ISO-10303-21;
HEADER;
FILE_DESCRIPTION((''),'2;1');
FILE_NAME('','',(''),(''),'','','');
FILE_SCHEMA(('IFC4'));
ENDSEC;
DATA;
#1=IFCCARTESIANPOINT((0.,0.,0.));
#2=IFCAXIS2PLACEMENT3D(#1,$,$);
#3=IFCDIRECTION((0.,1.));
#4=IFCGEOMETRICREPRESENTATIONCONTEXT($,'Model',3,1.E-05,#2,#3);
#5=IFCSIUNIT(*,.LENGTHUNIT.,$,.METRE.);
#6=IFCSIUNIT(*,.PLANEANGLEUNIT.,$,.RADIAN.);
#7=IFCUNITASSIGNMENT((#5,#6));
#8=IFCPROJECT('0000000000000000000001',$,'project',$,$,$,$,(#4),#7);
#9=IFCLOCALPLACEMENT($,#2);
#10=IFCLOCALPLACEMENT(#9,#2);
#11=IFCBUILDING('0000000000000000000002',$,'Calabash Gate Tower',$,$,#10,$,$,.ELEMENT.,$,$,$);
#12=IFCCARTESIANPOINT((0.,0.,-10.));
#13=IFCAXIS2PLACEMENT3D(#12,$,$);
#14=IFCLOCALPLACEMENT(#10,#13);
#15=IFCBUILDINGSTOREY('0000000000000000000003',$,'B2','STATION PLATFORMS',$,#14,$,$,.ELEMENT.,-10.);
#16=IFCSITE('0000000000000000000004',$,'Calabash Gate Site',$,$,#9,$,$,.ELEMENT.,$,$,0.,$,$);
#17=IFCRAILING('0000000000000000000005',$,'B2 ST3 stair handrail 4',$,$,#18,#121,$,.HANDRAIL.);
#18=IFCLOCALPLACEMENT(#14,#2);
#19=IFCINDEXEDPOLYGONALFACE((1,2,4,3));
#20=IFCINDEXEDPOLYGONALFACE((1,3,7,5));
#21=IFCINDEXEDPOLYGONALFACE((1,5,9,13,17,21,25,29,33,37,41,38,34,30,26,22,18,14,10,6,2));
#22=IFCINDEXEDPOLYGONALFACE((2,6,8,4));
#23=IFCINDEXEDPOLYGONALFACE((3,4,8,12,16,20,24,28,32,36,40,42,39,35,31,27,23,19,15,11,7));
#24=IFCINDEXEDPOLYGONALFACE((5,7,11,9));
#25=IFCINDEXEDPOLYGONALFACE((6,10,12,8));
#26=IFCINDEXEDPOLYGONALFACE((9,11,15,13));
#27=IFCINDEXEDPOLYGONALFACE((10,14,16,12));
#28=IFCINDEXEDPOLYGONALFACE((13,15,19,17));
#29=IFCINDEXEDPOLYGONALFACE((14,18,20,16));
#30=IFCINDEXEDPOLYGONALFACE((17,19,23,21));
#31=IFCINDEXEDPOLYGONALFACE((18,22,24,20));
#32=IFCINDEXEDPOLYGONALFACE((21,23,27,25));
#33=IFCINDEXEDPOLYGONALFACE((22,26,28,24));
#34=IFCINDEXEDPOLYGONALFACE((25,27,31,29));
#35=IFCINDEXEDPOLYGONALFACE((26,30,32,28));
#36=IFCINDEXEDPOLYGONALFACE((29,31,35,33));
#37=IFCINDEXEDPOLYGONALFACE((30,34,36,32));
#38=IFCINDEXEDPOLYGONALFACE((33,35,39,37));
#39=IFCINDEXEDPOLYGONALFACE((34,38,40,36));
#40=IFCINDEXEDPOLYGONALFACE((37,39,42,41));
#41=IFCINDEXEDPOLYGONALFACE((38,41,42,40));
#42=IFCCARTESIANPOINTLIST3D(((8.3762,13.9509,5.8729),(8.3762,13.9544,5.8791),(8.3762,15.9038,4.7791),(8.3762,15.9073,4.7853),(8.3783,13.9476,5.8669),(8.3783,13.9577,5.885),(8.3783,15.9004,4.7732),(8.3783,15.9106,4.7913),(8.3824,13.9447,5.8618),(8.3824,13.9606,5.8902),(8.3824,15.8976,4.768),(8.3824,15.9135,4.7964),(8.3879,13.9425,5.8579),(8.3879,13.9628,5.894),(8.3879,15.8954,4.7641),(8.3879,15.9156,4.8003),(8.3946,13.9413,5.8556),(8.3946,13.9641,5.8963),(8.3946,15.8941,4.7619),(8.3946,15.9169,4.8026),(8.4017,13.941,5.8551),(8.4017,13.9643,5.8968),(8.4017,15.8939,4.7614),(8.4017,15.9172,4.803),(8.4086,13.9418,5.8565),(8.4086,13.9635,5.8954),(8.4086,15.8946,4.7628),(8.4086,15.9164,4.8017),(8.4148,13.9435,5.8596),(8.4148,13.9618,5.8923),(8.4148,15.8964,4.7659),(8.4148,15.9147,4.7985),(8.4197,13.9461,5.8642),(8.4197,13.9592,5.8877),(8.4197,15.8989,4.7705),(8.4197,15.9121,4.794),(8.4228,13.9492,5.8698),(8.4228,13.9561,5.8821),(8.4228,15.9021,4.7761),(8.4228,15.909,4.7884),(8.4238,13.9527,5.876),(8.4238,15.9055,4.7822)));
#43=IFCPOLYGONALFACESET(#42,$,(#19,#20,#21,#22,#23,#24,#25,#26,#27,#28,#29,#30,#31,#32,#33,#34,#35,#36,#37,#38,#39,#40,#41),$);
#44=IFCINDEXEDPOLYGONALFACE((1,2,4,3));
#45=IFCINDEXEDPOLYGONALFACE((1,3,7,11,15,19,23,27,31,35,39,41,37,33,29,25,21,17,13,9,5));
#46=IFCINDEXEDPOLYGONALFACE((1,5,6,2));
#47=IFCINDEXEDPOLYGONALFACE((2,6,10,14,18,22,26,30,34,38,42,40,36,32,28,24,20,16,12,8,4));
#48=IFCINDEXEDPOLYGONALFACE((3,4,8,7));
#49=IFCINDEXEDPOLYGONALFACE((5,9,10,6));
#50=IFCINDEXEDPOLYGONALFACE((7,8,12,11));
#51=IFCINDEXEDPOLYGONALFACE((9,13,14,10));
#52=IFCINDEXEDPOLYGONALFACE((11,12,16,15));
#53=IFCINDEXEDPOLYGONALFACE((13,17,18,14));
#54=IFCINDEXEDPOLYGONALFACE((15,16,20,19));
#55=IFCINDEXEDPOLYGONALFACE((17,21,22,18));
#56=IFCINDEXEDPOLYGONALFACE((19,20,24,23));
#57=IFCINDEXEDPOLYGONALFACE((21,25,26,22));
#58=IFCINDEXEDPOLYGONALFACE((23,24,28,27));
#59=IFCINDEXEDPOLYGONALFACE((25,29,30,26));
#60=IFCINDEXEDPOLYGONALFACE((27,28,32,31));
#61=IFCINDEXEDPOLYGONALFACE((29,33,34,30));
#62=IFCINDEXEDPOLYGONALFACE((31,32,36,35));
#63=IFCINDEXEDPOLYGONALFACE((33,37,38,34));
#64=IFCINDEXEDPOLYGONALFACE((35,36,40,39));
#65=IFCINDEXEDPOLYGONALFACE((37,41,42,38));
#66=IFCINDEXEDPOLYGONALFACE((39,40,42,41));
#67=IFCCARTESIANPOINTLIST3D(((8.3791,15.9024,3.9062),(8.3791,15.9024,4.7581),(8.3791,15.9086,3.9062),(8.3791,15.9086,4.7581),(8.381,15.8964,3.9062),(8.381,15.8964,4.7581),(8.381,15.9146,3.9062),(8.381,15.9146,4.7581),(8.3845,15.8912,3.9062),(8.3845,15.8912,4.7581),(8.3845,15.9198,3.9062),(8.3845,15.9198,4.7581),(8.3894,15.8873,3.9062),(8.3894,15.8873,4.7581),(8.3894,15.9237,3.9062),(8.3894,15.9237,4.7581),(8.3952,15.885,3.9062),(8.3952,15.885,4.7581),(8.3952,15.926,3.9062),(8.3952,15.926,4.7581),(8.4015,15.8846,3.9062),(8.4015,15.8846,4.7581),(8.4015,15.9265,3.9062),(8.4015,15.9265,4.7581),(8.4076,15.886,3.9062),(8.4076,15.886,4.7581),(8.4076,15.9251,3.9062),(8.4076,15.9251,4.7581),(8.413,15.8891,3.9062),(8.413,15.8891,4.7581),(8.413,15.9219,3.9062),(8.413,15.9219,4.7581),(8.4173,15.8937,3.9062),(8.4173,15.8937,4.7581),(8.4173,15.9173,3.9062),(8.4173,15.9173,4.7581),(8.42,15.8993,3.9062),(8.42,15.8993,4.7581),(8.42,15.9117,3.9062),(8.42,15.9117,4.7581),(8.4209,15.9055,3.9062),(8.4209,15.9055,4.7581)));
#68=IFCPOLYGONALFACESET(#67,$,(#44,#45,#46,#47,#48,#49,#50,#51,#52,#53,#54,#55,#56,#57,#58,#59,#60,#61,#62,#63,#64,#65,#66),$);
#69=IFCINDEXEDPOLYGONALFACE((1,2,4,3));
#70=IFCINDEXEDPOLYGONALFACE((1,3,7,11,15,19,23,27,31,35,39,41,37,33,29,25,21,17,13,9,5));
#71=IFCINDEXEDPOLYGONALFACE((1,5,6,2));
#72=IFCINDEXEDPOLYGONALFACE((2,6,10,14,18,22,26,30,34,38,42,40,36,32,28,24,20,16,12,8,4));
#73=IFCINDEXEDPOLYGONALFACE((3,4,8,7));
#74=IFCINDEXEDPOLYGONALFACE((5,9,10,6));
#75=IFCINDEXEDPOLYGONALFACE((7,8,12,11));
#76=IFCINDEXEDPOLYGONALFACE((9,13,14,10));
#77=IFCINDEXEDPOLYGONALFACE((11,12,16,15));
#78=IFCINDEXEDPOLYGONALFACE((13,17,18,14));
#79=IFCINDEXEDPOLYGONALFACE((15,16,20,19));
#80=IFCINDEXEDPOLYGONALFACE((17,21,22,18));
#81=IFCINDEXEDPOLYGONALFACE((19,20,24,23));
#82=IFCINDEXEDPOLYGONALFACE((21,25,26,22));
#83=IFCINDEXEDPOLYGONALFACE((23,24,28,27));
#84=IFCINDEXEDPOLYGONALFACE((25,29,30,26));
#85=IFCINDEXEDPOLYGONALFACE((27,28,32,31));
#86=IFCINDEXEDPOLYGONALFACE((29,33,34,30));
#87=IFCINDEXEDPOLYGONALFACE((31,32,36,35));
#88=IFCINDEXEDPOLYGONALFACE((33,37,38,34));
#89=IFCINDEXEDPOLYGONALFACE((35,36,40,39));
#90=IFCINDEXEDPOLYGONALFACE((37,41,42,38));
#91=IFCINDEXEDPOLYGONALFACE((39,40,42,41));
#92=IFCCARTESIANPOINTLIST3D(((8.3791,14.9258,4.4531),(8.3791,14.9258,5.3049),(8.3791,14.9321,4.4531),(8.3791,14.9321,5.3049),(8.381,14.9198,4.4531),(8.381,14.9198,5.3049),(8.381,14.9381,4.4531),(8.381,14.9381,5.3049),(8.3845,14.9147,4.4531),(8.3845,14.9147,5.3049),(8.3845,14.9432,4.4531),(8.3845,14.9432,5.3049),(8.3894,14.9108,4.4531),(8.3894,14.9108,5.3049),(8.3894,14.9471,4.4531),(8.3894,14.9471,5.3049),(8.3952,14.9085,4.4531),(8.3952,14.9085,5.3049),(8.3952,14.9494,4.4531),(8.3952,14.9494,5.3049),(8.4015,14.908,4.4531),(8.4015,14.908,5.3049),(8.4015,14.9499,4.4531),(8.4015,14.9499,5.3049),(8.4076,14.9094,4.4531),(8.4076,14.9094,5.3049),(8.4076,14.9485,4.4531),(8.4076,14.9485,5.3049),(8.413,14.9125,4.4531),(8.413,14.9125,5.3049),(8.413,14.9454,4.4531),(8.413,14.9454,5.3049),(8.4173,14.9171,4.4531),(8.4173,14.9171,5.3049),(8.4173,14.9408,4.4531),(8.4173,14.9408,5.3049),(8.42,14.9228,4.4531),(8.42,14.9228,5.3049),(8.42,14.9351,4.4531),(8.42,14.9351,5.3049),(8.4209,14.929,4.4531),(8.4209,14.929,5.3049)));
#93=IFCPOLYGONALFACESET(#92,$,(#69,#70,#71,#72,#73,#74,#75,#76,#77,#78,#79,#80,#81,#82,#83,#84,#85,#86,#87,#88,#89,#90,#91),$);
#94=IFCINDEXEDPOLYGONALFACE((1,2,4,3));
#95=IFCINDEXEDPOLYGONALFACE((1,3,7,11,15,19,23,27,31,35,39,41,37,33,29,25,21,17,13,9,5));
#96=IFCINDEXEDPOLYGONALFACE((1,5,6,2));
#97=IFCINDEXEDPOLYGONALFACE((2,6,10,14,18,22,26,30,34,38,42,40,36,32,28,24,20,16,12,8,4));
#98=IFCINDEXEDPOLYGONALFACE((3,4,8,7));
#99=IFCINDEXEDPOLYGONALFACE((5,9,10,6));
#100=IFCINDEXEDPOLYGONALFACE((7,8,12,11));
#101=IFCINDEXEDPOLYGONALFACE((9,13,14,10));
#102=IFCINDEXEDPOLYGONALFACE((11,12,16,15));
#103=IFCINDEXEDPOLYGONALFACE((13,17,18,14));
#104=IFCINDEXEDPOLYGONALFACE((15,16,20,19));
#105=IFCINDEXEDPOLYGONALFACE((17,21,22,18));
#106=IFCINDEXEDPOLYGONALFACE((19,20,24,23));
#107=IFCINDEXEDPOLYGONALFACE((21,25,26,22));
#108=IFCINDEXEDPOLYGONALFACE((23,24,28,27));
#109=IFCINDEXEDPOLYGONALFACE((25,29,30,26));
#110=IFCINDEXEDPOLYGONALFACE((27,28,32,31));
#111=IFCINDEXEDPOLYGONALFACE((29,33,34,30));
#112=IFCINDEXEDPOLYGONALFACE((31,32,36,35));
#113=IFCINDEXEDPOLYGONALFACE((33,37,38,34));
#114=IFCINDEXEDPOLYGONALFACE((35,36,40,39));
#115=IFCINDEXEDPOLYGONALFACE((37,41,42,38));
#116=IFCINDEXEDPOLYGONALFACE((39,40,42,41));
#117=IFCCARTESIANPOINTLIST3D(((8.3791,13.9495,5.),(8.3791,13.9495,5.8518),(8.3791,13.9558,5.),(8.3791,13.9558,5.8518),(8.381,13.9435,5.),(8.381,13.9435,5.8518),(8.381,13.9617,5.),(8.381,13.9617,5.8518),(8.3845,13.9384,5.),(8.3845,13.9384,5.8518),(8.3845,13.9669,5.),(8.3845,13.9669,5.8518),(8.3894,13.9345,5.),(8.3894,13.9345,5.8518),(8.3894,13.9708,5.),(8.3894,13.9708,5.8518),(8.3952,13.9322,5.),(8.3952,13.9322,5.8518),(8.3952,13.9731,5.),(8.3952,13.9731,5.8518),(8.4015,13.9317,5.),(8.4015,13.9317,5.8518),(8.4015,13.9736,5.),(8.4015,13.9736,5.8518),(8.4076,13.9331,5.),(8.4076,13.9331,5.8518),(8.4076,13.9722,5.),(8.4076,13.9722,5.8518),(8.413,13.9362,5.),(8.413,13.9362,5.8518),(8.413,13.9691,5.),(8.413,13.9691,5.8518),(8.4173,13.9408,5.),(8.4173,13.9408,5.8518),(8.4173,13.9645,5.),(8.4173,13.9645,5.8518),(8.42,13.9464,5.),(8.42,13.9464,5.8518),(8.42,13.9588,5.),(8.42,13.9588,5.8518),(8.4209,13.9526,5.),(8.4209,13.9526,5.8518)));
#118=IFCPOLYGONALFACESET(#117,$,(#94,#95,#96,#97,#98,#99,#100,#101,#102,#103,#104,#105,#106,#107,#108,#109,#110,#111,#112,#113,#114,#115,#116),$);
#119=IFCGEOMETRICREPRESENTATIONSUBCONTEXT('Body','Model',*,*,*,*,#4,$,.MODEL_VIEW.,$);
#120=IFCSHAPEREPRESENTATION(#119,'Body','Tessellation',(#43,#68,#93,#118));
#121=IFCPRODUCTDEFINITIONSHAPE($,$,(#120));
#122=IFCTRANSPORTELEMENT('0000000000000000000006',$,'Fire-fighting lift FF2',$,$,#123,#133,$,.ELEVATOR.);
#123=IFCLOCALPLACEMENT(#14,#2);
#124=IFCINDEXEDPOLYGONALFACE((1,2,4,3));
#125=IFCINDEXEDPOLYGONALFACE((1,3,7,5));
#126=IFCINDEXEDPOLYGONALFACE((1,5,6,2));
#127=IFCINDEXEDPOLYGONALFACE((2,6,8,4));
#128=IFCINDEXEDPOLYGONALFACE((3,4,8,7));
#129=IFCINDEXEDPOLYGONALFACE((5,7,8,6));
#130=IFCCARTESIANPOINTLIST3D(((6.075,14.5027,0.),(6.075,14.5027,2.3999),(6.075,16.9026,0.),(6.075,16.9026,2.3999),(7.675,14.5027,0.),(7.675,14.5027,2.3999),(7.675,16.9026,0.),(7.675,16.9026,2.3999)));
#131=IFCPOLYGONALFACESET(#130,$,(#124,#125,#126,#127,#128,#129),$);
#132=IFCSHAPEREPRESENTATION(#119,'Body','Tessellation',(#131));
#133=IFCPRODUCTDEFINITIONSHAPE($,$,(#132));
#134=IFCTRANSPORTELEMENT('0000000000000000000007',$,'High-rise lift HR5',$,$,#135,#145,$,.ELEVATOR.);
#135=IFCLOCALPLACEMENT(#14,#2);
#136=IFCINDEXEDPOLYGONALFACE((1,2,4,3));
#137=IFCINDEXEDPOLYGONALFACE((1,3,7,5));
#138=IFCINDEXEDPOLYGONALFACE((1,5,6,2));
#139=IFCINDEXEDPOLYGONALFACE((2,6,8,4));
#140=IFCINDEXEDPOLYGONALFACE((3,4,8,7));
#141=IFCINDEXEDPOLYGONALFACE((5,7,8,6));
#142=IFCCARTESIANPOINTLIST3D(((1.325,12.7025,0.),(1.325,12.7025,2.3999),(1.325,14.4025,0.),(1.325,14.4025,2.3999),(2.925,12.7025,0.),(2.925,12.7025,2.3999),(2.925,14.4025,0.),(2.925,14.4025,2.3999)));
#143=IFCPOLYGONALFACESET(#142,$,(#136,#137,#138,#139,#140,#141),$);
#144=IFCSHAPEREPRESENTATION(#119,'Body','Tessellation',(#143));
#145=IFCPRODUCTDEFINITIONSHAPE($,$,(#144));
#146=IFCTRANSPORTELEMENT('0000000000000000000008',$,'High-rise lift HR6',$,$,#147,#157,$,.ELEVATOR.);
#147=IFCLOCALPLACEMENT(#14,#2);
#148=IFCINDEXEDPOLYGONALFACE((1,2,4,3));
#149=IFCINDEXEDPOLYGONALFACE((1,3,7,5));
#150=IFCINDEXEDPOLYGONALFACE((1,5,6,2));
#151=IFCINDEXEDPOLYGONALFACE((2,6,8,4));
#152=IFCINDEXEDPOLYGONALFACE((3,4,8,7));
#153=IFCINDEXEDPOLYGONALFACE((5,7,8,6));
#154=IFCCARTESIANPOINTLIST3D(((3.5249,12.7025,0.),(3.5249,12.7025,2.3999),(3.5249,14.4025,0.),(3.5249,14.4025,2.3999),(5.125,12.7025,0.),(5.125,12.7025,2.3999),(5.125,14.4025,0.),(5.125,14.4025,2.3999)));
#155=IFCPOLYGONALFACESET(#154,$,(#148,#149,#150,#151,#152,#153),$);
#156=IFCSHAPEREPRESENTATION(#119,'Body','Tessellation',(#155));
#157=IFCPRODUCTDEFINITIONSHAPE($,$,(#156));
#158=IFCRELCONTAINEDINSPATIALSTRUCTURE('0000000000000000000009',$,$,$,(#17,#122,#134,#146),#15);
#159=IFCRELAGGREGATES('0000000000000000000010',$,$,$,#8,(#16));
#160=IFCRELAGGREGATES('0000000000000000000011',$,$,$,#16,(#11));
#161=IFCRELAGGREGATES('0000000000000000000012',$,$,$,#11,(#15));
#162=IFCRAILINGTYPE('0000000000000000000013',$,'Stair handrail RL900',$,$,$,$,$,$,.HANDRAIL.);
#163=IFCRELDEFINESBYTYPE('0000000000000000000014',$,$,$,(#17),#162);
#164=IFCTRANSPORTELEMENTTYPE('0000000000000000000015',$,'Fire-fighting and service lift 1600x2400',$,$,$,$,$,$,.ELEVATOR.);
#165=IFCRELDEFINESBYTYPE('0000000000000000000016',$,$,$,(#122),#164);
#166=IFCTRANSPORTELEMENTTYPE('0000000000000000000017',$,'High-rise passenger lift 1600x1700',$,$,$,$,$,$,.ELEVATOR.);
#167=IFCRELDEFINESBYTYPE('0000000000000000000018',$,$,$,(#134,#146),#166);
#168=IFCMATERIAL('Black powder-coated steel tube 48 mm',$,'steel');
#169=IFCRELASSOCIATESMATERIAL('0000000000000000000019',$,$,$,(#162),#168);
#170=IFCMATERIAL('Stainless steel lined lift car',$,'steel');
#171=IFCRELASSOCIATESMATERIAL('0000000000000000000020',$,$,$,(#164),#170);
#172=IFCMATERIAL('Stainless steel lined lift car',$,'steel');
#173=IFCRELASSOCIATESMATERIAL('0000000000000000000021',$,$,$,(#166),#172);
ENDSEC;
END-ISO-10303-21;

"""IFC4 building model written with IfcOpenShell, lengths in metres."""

from ifc_helpers import new_model, si_unit, direction, frame, origin, origin_2d, place, context, subcontext, project, spatial, rectangle, circle, extrude, material, type_object, element, save


model = new_model("IFC4")

# Units and contexts
model_context = context("Model", 3, precision=1e-05, world=origin(), true_north=direction((0.0, 1.0)))
body_context = subcontext(model_context, "Body", "Model", "MODEL_VIEW")
ifc_project = project(units=[si_unit("LENGTHUNIT", "METRE"), si_unit("PLANEANGLEUNIT", "RADIAN")], contexts=[model_context])

# Site, building, storey
site_placement = place(None, origin())
site = spatial("IfcSite", under=ifc_project, at=site_placement, Name="Calabash Gate Site", CompositionType="ELEMENT", RefElevation=0.0)
building_placement = place(site_placement, origin())
building = spatial("IfcBuilding", under=site, at=building_placement, Name="Calabash Gate Tower", CompositionType="ELEMENT")
storey_placement = place(building_placement, frame((0.0, 0.0, -10.0)))
storey = spatial("IfcBuildingStorey", under=building, at=storey_placement, Name="B2", Description="STATION PLATFORMS", CompositionType="ELEMENT", Elevation=-10.0)

# Railing
ifc_material_1 = material(Name="Black powder-coated steel tube 48 mm", Category="steel")
railing_type_1 = type_object("IfcRailingType", Name="Stair handrail RL900", PredefinedType="HANDRAIL", material=ifc_material_1)
railing_1_placement = place(storey_placement, frame((8.3999, 15.9055, 3.9062)))
element("IfcRailing", 1, at=railing_1_placement, inside=storey, type_object=railing_type_1, Name="B2 ST3 stair handrail 4", PredefinedType="HANDRAIL", context=body_context, shape_type="SweptSolid", body=[
    extrude(circle(Radius=0.0239, at=origin_2d()), frame((0.0, 0.0, 0.876), z_axis=(0.0, -0.87248, 0.48865), x_axis=(1.0, 0.0, 0.0)), (0.0, 0.0, 1.0), 2.2383),
    extrude(circle(Radius=0.021, at=origin_2d()), origin(), (0.0, 0.0, 1.0), 0.8518),
    extrude(circle(Radius=0.021, at=origin_2d()), frame((0.0, -0.9766, 0.5469)), (0.0, 0.0, 1.0), 0.8518),
    extrude(circle(Radius=0.021, at=origin_2d()), frame((0.0, -1.9529, 1.0938)), (0.0, 0.0, 1.0), 0.8518),
])

# Transport elements
ifc_material_2 = material(Name="Stainless steel lined lift car", Category="steel")
transport_element_type_1 = type_object("IfcTransportElementType", Name="Fire-fighting and service lift 1600x2400", PredefinedType="ELEVATOR", material=ifc_material_2)
transport_element_placement = place(storey_placement, frame((6.875, 15.7026, 0.0), z_axis=(0.0, 0.0, 1.0), x_axis=(1.0, 0.0, 0.0)))
element("IfcTransportElement", 2, at=transport_element_placement, inside=storey, type_object=transport_element_type_1, Name="Fire-fighting lift FF2", PredefinedType="ELEVATOR", context=body_context, shape_type="SweptSolid", body=[
    extrude(rectangle(XDim=1.6001, YDim=2.3999, at=origin_2d()), origin(), (0.0, 0.0, 1.0), 2.3999),
])
ifc_material_3 = material(Name="Stainless steel lined lift car", Category="steel")
transport_element_type_2 = type_object("IfcTransportElementType", Name="High-rise passenger lift 1600x1700", PredefinedType="ELEVATOR", material=ifc_material_3)
for number, where, z_axis, x_axis, name in (
    (3, (2.125, 13.5525, 0.0), (0.0, 0.0, 1.0), (1.0, 0.0, 0.0), "High-rise lift HR5"),
    (4, (4.325, 13.5525, 0.0), (0.0, 0.0, 1.0), (1.0, 0.0, 0.0), "High-rise lift HR6"),
):
    element("IfcTransportElement", number, at=place(storey_placement, frame(where, z_axis=z_axis, x_axis=x_axis)), inside=storey, type_object=transport_element_type_2, Name=name, PredefinedType="ELEVATOR", context=body_context, shape_type="SweptSolid", body=[
        extrude(rectangle(XDim=1.6001, YDim=1.7, at=origin_2d()), origin(), (0.0, 0.0, 1.0), 2.3999),
    ])

save(model, "model.ifc")
